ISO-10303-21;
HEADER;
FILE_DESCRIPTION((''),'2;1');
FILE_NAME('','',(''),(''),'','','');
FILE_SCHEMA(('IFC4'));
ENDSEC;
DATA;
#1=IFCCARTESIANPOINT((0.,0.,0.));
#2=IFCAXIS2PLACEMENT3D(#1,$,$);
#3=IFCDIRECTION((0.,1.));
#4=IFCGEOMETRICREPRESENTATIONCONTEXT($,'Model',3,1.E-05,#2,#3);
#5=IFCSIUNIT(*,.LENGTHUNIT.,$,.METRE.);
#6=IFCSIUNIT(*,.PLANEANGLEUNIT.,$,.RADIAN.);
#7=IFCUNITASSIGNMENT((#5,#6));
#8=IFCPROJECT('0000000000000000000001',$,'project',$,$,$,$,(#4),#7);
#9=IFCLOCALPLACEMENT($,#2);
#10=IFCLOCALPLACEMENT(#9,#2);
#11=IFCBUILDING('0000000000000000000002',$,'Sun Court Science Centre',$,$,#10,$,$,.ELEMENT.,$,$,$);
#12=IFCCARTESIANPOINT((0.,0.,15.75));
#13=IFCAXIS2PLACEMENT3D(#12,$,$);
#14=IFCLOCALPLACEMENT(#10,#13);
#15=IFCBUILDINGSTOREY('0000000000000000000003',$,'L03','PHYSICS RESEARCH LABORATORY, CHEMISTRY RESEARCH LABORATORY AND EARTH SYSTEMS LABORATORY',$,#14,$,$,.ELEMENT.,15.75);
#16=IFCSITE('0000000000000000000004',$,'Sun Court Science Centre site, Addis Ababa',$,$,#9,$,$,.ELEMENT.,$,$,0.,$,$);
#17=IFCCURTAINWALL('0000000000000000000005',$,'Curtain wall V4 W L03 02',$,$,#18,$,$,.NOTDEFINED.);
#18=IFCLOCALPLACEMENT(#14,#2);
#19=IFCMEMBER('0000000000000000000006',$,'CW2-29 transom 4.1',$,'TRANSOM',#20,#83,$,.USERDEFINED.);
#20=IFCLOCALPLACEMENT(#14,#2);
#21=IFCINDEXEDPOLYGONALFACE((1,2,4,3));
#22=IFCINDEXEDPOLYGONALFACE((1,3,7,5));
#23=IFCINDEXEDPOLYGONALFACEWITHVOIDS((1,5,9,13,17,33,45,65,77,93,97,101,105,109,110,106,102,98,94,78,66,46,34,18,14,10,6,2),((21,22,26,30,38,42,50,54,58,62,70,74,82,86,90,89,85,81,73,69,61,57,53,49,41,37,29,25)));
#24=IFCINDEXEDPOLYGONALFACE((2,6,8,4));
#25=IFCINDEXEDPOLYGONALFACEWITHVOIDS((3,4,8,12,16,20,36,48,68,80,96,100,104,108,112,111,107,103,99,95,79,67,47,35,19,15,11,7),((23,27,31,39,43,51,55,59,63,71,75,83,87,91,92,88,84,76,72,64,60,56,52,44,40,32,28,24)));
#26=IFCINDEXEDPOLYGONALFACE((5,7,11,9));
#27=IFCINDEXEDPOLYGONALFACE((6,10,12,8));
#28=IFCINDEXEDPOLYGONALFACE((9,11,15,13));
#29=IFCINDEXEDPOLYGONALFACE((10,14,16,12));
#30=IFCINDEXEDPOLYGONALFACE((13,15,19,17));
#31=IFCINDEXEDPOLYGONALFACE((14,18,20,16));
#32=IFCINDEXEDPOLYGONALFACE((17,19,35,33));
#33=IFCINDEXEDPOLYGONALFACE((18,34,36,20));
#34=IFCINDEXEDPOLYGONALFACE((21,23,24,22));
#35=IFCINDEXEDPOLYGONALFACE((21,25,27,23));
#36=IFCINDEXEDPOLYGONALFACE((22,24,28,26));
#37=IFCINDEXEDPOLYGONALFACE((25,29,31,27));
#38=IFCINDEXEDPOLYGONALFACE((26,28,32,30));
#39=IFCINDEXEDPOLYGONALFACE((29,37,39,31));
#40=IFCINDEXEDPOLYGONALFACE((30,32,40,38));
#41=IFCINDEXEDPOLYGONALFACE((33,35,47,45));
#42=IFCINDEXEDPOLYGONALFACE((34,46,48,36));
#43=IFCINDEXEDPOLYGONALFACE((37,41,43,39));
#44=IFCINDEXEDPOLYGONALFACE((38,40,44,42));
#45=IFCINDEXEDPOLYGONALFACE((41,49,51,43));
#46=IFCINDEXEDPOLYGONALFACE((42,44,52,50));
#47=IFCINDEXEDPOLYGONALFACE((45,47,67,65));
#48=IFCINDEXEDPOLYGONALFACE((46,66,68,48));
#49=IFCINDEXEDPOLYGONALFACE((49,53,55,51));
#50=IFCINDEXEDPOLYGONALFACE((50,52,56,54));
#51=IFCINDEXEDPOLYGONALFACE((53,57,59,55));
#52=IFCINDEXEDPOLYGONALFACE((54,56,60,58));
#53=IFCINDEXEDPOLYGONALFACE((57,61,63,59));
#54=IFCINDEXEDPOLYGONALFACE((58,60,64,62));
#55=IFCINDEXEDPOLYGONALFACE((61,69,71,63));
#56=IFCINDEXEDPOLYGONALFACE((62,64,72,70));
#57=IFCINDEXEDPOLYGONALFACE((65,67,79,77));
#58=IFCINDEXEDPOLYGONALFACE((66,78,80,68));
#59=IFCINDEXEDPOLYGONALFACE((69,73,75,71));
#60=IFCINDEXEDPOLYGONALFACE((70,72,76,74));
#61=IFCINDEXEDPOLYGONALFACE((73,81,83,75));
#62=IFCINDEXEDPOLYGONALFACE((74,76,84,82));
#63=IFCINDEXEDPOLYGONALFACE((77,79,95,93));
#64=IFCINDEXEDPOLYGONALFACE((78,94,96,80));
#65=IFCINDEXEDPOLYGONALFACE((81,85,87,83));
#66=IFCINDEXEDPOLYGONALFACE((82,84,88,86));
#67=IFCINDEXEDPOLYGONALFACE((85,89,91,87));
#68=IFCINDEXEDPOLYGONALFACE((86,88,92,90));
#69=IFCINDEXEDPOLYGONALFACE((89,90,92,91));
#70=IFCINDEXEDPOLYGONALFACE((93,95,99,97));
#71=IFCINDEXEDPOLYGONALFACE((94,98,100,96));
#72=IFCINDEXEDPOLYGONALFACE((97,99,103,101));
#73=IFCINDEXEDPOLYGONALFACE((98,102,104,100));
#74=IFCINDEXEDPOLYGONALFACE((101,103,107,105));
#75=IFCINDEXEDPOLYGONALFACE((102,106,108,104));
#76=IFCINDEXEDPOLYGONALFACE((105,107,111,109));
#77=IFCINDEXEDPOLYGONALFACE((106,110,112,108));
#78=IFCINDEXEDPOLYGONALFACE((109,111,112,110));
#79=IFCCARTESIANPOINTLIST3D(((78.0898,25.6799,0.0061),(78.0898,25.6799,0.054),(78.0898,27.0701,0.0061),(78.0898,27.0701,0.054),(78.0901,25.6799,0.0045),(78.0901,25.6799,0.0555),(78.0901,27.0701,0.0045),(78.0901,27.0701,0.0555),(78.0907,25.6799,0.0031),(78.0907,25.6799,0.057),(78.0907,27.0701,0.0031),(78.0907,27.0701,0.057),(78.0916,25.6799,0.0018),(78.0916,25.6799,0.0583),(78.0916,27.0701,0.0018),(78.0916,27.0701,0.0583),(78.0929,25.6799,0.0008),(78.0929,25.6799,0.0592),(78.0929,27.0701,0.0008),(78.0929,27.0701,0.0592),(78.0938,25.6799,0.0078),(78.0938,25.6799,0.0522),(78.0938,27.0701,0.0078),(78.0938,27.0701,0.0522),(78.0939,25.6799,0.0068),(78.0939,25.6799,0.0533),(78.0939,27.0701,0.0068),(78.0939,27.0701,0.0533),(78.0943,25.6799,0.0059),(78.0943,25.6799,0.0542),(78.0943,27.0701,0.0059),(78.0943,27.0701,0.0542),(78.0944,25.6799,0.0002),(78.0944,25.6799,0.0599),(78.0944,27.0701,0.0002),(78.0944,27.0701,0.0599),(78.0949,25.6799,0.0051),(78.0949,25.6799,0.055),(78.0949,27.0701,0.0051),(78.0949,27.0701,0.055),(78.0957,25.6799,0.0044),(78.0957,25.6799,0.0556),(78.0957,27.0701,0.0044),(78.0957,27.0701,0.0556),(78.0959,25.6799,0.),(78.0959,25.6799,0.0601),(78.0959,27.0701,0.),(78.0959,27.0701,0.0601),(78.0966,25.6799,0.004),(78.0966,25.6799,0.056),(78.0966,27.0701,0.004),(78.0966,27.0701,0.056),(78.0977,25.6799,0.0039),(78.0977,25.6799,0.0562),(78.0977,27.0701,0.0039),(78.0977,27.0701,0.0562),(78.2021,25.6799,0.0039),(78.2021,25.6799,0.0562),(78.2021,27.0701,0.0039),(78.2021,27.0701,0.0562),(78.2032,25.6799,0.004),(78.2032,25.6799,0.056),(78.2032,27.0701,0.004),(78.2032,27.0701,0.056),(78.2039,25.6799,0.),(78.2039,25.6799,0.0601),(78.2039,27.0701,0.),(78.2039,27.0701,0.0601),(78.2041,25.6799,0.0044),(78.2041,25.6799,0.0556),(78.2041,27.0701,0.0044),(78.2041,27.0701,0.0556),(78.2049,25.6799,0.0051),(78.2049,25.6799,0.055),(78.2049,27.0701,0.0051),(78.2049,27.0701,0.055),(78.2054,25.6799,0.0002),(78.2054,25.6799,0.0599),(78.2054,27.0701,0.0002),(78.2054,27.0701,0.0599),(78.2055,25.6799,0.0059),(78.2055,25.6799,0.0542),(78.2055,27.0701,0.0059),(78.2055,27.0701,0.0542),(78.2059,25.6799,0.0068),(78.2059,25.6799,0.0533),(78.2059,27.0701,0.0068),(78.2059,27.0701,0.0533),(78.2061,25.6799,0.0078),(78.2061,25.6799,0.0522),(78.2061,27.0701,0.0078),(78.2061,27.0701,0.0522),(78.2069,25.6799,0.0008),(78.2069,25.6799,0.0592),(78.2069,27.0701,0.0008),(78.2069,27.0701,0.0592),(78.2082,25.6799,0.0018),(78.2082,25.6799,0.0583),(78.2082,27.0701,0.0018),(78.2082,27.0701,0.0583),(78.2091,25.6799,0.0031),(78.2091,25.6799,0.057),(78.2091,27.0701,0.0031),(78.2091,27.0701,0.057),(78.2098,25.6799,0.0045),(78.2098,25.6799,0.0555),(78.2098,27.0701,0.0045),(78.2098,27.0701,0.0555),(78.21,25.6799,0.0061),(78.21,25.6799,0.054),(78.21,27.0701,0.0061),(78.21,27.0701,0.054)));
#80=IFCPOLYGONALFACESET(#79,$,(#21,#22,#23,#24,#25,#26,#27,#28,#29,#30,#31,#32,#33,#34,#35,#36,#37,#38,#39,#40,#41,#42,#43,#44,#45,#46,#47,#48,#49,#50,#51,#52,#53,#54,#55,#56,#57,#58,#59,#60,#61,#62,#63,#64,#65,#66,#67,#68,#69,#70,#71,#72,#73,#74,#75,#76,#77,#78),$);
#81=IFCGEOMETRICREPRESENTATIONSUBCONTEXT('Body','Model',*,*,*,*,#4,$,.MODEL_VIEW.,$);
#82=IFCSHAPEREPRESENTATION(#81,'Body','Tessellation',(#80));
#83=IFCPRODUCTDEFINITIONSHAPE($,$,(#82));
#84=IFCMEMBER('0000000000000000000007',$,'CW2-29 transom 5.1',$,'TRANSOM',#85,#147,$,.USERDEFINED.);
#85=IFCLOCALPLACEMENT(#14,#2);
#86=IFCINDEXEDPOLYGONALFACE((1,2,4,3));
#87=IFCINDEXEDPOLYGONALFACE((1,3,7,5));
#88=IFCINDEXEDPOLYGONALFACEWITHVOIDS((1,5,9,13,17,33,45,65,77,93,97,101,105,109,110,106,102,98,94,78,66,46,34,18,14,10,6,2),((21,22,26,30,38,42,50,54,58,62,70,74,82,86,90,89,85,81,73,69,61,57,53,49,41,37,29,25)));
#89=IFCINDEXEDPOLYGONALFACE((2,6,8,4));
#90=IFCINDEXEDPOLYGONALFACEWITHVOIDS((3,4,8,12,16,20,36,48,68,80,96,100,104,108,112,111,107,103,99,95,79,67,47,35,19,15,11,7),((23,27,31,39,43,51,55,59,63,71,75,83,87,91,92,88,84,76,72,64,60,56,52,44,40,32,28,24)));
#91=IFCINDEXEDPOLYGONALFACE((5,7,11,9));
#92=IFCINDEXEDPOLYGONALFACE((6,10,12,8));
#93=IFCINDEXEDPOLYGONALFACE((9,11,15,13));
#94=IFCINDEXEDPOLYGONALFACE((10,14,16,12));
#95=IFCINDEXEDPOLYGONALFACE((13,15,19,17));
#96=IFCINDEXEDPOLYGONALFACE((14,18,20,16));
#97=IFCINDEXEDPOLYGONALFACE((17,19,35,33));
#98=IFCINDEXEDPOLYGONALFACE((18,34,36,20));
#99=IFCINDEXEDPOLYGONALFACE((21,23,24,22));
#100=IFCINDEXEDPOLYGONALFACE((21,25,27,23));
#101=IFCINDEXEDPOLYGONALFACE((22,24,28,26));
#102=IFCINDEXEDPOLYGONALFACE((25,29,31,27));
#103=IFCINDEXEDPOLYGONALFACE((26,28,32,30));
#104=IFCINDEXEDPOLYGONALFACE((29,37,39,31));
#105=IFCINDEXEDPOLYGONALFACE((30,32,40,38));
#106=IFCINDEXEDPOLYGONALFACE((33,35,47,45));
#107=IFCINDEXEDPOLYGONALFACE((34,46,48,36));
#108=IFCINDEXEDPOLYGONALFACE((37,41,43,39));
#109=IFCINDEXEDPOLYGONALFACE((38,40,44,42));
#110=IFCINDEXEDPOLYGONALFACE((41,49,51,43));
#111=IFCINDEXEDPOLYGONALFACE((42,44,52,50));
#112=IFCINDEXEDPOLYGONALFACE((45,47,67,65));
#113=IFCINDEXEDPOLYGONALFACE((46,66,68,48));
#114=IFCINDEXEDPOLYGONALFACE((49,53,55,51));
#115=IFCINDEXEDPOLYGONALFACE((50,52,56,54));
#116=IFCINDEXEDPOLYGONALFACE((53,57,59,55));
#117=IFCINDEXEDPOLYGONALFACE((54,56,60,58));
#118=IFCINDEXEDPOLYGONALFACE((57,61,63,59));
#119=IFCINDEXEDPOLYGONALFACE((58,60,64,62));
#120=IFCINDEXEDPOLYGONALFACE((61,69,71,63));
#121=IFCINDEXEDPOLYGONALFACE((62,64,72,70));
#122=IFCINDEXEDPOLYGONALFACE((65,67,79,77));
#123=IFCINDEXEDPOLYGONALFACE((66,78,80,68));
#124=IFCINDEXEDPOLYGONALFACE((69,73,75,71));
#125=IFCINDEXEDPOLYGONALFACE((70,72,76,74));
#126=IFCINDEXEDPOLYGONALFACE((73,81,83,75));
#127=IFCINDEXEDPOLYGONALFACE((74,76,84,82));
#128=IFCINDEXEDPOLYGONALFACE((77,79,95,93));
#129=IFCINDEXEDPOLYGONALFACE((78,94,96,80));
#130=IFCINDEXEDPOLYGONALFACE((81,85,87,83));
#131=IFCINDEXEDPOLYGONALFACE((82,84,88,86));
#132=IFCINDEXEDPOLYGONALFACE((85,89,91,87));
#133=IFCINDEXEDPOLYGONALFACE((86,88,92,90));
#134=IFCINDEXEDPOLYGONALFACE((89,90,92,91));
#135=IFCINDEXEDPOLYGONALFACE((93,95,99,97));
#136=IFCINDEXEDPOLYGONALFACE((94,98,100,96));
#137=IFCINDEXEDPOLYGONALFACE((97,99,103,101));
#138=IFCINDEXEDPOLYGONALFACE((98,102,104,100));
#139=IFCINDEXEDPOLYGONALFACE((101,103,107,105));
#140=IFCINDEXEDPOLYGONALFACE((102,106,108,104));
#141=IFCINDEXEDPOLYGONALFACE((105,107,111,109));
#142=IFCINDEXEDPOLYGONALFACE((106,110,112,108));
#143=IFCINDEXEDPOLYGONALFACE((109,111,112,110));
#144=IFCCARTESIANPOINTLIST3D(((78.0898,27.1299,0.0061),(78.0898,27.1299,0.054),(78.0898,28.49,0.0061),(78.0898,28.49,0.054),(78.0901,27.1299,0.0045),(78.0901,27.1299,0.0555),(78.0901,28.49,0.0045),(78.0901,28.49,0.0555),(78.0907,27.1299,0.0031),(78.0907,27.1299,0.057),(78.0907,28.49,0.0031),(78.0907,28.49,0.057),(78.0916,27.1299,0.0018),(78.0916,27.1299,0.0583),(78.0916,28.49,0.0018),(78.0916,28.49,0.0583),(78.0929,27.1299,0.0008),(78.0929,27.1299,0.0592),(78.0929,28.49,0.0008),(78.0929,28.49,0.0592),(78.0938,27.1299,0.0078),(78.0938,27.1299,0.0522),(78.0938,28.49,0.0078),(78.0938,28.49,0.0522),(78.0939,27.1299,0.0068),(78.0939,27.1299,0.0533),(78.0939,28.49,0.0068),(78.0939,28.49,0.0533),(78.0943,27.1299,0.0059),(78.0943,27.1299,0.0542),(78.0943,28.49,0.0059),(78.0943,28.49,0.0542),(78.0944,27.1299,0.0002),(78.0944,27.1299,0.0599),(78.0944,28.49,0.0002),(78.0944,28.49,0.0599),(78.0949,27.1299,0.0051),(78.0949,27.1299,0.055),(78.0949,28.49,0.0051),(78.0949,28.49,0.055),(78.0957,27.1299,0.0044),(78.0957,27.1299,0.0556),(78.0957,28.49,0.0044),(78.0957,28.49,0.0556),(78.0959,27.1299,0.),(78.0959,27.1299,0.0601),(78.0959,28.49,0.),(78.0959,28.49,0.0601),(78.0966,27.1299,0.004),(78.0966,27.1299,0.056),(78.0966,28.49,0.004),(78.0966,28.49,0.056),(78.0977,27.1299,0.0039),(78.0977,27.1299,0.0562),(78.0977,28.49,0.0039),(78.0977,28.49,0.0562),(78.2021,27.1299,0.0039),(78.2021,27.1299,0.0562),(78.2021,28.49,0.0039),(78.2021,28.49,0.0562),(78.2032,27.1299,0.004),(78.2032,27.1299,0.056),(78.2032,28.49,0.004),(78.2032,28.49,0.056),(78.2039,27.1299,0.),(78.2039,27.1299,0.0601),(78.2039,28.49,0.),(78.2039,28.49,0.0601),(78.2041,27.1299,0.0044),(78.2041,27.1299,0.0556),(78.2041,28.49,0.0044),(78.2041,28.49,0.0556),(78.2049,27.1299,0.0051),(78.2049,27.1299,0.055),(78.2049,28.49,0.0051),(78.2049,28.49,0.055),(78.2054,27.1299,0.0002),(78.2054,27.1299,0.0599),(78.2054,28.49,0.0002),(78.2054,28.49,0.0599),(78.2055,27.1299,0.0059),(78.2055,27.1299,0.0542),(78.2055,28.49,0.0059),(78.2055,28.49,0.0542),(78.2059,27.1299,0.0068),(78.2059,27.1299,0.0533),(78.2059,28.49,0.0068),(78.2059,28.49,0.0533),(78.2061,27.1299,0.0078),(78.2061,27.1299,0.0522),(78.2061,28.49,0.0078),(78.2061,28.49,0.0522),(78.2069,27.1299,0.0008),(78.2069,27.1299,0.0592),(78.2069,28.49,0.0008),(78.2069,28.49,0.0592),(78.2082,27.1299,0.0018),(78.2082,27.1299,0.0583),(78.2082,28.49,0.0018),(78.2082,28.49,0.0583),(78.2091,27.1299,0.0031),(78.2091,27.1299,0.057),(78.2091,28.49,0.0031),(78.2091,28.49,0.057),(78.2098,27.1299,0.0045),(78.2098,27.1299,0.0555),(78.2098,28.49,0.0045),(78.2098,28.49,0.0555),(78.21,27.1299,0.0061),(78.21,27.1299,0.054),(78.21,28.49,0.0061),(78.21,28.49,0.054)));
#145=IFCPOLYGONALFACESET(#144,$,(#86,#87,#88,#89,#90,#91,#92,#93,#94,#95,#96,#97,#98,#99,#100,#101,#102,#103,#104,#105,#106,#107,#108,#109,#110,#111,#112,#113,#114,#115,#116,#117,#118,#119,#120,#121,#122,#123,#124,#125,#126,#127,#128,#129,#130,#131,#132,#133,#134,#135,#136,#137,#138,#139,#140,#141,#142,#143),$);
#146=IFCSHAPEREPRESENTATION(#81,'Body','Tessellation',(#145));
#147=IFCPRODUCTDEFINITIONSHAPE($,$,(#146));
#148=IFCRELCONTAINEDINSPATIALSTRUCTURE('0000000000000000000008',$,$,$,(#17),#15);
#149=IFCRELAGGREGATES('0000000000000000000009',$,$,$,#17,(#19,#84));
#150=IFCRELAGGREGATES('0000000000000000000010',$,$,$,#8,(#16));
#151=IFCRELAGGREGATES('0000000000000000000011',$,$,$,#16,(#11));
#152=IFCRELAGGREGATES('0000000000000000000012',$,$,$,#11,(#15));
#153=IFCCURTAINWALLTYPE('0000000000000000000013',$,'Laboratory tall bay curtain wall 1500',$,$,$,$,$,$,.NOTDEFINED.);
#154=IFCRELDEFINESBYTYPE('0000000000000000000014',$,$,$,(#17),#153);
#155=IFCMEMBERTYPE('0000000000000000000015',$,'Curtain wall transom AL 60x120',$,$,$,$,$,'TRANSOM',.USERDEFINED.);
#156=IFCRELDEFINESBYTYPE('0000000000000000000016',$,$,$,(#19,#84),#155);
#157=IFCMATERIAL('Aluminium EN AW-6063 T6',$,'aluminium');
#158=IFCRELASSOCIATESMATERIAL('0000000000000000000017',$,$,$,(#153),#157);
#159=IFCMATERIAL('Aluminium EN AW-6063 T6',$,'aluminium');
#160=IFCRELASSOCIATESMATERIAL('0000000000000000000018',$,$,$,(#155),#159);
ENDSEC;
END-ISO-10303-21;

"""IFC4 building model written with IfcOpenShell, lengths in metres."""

from ifc_helpers import new_model, si_unit, direction, frame, origin, origin_2d, place, context, subcontext, project, spatial, hollow_rectangle, extrude, material, material_profile, profile_set, type_object, element, aggregate, save


model = new_model("IFC4")

# Units and contexts
model_context = context("Model", 3, precision=1e-05, world=origin(), true_north=direction((0.0, 1.0)))
body_context = subcontext(model_context, "Body", "Model", "MODEL_VIEW")
ifc_project = project(units=[si_unit("LENGTHUNIT", "METRE"), si_unit("PLANEANGLEUNIT", "RADIAN")], contexts=[model_context])

# Site, building, storey
site_placement = place(None, origin())
site = spatial("IfcSite", under=ifc_project, at=site_placement, Name="Sun Court Science Centre site, Addis Ababa", CompositionType="ELEMENT", RefElevation=0.0)
building_placement = place(site_placement, origin())
building = spatial("IfcBuilding", under=site, at=building_placement, Name="Sun Court Science Centre", CompositionType="ELEMENT")
storey_placement = place(building_placement, frame((0.0, 0.0, 15.75)))
storey = spatial("IfcBuildingStorey", under=building, at=storey_placement, Name="L03", Description="PHYSICS RESEARCH LABORATORY, CHEMISTRY RESEARCH LABORATORY AND EARTH SYSTEMS LABORATORY", CompositionType="ELEMENT", Elevation=15.75)

# Curtain wall
ifc_material_1 = material(Name="Aluminium EN AW-6063 T6", Category="aluminium")
curtain_wall_type = type_object("IfcCurtainWallType", Name="Laboratory tall bay curtain wall 1500", PredefinedType="NOTDEFINED", material=ifc_material_1)
curtain_wall_1_placement = place(storey_placement, origin())
curtain_wall_1 = element("IfcCurtainWall", 1, at=curtain_wall_1_placement, inside=storey, type_object=curtain_wall_type, Name="Curtain wall V4 W L03 02", PredefinedType="NOTDEFINED")

# Members
ifc_material_2 = material(Name="Aluminium EN AW-6063 T6", Category="aluminium")
ifc_material_profile_1 = material_profile(ifc_material_2, hollow_rectangle(XDim=0.0601, YDim=0.1201, WallThickness=0.0039, InnerFilletRadius=0.0039, OuterFilletRadius=0.0061, at=origin_2d()), Name="AL 60x120x4")
ifc_profile_set_1 = profile_set([ifc_material_profile_1], Name="Aluminium EN AW-6063 T6")
member_type_1 = type_object("IfcMemberType", Name="Curtain wall transom AL 60x120", ElementType="TRANSOM", PredefinedType="USERDEFINED", material=ifc_profile_set_1)
member_1_placement = place(storey_placement, frame((78.1499, 25.6799, 0.03), z_axis=(0.0, 1.0, 0.0), x_axis=(0.0, 0.0, 1.0)))
member_1 = element("IfcMember", 2, at=member_1_placement, type_object=member_type_1, Name="CW2-29 transom 4.1", ObjectType="TRANSOM", PredefinedType="USERDEFINED", context=body_context, shape_type="SweptSolid", body=[
    extrude(hollow_rectangle(XDim=0.0601, YDim=0.1201, WallThickness=0.0039, InnerFilletRadius=0.0039, OuterFilletRadius=0.0061, at=origin_2d()), origin(), (0.0, 0.0, 1.0), 1.3901),
])
member_2_placement = place(storey_placement, frame((78.1499, 27.1299, 0.03), z_axis=(0.0, 1.0, 0.0), x_axis=(0.0, 0.0, 1.0)))
member_2 = element("IfcMember", 3, at=member_2_placement, type_object=member_type_1, Name="CW2-29 transom 5.1", ObjectType="TRANSOM", PredefinedType="USERDEFINED", context=body_context, shape_type="SweptSolid", body=[
    extrude(hollow_rectangle(XDim=0.0601, YDim=0.1201, WallThickness=0.0039, InnerFilletRadius=0.0039, OuterFilletRadius=0.0061, at=origin_2d()), origin(), (0.0, 0.0, 1.0), 1.3601),
])

aggregate(curtain_wall_1, [member_1, member_2])

save(model, "model.ifc")
